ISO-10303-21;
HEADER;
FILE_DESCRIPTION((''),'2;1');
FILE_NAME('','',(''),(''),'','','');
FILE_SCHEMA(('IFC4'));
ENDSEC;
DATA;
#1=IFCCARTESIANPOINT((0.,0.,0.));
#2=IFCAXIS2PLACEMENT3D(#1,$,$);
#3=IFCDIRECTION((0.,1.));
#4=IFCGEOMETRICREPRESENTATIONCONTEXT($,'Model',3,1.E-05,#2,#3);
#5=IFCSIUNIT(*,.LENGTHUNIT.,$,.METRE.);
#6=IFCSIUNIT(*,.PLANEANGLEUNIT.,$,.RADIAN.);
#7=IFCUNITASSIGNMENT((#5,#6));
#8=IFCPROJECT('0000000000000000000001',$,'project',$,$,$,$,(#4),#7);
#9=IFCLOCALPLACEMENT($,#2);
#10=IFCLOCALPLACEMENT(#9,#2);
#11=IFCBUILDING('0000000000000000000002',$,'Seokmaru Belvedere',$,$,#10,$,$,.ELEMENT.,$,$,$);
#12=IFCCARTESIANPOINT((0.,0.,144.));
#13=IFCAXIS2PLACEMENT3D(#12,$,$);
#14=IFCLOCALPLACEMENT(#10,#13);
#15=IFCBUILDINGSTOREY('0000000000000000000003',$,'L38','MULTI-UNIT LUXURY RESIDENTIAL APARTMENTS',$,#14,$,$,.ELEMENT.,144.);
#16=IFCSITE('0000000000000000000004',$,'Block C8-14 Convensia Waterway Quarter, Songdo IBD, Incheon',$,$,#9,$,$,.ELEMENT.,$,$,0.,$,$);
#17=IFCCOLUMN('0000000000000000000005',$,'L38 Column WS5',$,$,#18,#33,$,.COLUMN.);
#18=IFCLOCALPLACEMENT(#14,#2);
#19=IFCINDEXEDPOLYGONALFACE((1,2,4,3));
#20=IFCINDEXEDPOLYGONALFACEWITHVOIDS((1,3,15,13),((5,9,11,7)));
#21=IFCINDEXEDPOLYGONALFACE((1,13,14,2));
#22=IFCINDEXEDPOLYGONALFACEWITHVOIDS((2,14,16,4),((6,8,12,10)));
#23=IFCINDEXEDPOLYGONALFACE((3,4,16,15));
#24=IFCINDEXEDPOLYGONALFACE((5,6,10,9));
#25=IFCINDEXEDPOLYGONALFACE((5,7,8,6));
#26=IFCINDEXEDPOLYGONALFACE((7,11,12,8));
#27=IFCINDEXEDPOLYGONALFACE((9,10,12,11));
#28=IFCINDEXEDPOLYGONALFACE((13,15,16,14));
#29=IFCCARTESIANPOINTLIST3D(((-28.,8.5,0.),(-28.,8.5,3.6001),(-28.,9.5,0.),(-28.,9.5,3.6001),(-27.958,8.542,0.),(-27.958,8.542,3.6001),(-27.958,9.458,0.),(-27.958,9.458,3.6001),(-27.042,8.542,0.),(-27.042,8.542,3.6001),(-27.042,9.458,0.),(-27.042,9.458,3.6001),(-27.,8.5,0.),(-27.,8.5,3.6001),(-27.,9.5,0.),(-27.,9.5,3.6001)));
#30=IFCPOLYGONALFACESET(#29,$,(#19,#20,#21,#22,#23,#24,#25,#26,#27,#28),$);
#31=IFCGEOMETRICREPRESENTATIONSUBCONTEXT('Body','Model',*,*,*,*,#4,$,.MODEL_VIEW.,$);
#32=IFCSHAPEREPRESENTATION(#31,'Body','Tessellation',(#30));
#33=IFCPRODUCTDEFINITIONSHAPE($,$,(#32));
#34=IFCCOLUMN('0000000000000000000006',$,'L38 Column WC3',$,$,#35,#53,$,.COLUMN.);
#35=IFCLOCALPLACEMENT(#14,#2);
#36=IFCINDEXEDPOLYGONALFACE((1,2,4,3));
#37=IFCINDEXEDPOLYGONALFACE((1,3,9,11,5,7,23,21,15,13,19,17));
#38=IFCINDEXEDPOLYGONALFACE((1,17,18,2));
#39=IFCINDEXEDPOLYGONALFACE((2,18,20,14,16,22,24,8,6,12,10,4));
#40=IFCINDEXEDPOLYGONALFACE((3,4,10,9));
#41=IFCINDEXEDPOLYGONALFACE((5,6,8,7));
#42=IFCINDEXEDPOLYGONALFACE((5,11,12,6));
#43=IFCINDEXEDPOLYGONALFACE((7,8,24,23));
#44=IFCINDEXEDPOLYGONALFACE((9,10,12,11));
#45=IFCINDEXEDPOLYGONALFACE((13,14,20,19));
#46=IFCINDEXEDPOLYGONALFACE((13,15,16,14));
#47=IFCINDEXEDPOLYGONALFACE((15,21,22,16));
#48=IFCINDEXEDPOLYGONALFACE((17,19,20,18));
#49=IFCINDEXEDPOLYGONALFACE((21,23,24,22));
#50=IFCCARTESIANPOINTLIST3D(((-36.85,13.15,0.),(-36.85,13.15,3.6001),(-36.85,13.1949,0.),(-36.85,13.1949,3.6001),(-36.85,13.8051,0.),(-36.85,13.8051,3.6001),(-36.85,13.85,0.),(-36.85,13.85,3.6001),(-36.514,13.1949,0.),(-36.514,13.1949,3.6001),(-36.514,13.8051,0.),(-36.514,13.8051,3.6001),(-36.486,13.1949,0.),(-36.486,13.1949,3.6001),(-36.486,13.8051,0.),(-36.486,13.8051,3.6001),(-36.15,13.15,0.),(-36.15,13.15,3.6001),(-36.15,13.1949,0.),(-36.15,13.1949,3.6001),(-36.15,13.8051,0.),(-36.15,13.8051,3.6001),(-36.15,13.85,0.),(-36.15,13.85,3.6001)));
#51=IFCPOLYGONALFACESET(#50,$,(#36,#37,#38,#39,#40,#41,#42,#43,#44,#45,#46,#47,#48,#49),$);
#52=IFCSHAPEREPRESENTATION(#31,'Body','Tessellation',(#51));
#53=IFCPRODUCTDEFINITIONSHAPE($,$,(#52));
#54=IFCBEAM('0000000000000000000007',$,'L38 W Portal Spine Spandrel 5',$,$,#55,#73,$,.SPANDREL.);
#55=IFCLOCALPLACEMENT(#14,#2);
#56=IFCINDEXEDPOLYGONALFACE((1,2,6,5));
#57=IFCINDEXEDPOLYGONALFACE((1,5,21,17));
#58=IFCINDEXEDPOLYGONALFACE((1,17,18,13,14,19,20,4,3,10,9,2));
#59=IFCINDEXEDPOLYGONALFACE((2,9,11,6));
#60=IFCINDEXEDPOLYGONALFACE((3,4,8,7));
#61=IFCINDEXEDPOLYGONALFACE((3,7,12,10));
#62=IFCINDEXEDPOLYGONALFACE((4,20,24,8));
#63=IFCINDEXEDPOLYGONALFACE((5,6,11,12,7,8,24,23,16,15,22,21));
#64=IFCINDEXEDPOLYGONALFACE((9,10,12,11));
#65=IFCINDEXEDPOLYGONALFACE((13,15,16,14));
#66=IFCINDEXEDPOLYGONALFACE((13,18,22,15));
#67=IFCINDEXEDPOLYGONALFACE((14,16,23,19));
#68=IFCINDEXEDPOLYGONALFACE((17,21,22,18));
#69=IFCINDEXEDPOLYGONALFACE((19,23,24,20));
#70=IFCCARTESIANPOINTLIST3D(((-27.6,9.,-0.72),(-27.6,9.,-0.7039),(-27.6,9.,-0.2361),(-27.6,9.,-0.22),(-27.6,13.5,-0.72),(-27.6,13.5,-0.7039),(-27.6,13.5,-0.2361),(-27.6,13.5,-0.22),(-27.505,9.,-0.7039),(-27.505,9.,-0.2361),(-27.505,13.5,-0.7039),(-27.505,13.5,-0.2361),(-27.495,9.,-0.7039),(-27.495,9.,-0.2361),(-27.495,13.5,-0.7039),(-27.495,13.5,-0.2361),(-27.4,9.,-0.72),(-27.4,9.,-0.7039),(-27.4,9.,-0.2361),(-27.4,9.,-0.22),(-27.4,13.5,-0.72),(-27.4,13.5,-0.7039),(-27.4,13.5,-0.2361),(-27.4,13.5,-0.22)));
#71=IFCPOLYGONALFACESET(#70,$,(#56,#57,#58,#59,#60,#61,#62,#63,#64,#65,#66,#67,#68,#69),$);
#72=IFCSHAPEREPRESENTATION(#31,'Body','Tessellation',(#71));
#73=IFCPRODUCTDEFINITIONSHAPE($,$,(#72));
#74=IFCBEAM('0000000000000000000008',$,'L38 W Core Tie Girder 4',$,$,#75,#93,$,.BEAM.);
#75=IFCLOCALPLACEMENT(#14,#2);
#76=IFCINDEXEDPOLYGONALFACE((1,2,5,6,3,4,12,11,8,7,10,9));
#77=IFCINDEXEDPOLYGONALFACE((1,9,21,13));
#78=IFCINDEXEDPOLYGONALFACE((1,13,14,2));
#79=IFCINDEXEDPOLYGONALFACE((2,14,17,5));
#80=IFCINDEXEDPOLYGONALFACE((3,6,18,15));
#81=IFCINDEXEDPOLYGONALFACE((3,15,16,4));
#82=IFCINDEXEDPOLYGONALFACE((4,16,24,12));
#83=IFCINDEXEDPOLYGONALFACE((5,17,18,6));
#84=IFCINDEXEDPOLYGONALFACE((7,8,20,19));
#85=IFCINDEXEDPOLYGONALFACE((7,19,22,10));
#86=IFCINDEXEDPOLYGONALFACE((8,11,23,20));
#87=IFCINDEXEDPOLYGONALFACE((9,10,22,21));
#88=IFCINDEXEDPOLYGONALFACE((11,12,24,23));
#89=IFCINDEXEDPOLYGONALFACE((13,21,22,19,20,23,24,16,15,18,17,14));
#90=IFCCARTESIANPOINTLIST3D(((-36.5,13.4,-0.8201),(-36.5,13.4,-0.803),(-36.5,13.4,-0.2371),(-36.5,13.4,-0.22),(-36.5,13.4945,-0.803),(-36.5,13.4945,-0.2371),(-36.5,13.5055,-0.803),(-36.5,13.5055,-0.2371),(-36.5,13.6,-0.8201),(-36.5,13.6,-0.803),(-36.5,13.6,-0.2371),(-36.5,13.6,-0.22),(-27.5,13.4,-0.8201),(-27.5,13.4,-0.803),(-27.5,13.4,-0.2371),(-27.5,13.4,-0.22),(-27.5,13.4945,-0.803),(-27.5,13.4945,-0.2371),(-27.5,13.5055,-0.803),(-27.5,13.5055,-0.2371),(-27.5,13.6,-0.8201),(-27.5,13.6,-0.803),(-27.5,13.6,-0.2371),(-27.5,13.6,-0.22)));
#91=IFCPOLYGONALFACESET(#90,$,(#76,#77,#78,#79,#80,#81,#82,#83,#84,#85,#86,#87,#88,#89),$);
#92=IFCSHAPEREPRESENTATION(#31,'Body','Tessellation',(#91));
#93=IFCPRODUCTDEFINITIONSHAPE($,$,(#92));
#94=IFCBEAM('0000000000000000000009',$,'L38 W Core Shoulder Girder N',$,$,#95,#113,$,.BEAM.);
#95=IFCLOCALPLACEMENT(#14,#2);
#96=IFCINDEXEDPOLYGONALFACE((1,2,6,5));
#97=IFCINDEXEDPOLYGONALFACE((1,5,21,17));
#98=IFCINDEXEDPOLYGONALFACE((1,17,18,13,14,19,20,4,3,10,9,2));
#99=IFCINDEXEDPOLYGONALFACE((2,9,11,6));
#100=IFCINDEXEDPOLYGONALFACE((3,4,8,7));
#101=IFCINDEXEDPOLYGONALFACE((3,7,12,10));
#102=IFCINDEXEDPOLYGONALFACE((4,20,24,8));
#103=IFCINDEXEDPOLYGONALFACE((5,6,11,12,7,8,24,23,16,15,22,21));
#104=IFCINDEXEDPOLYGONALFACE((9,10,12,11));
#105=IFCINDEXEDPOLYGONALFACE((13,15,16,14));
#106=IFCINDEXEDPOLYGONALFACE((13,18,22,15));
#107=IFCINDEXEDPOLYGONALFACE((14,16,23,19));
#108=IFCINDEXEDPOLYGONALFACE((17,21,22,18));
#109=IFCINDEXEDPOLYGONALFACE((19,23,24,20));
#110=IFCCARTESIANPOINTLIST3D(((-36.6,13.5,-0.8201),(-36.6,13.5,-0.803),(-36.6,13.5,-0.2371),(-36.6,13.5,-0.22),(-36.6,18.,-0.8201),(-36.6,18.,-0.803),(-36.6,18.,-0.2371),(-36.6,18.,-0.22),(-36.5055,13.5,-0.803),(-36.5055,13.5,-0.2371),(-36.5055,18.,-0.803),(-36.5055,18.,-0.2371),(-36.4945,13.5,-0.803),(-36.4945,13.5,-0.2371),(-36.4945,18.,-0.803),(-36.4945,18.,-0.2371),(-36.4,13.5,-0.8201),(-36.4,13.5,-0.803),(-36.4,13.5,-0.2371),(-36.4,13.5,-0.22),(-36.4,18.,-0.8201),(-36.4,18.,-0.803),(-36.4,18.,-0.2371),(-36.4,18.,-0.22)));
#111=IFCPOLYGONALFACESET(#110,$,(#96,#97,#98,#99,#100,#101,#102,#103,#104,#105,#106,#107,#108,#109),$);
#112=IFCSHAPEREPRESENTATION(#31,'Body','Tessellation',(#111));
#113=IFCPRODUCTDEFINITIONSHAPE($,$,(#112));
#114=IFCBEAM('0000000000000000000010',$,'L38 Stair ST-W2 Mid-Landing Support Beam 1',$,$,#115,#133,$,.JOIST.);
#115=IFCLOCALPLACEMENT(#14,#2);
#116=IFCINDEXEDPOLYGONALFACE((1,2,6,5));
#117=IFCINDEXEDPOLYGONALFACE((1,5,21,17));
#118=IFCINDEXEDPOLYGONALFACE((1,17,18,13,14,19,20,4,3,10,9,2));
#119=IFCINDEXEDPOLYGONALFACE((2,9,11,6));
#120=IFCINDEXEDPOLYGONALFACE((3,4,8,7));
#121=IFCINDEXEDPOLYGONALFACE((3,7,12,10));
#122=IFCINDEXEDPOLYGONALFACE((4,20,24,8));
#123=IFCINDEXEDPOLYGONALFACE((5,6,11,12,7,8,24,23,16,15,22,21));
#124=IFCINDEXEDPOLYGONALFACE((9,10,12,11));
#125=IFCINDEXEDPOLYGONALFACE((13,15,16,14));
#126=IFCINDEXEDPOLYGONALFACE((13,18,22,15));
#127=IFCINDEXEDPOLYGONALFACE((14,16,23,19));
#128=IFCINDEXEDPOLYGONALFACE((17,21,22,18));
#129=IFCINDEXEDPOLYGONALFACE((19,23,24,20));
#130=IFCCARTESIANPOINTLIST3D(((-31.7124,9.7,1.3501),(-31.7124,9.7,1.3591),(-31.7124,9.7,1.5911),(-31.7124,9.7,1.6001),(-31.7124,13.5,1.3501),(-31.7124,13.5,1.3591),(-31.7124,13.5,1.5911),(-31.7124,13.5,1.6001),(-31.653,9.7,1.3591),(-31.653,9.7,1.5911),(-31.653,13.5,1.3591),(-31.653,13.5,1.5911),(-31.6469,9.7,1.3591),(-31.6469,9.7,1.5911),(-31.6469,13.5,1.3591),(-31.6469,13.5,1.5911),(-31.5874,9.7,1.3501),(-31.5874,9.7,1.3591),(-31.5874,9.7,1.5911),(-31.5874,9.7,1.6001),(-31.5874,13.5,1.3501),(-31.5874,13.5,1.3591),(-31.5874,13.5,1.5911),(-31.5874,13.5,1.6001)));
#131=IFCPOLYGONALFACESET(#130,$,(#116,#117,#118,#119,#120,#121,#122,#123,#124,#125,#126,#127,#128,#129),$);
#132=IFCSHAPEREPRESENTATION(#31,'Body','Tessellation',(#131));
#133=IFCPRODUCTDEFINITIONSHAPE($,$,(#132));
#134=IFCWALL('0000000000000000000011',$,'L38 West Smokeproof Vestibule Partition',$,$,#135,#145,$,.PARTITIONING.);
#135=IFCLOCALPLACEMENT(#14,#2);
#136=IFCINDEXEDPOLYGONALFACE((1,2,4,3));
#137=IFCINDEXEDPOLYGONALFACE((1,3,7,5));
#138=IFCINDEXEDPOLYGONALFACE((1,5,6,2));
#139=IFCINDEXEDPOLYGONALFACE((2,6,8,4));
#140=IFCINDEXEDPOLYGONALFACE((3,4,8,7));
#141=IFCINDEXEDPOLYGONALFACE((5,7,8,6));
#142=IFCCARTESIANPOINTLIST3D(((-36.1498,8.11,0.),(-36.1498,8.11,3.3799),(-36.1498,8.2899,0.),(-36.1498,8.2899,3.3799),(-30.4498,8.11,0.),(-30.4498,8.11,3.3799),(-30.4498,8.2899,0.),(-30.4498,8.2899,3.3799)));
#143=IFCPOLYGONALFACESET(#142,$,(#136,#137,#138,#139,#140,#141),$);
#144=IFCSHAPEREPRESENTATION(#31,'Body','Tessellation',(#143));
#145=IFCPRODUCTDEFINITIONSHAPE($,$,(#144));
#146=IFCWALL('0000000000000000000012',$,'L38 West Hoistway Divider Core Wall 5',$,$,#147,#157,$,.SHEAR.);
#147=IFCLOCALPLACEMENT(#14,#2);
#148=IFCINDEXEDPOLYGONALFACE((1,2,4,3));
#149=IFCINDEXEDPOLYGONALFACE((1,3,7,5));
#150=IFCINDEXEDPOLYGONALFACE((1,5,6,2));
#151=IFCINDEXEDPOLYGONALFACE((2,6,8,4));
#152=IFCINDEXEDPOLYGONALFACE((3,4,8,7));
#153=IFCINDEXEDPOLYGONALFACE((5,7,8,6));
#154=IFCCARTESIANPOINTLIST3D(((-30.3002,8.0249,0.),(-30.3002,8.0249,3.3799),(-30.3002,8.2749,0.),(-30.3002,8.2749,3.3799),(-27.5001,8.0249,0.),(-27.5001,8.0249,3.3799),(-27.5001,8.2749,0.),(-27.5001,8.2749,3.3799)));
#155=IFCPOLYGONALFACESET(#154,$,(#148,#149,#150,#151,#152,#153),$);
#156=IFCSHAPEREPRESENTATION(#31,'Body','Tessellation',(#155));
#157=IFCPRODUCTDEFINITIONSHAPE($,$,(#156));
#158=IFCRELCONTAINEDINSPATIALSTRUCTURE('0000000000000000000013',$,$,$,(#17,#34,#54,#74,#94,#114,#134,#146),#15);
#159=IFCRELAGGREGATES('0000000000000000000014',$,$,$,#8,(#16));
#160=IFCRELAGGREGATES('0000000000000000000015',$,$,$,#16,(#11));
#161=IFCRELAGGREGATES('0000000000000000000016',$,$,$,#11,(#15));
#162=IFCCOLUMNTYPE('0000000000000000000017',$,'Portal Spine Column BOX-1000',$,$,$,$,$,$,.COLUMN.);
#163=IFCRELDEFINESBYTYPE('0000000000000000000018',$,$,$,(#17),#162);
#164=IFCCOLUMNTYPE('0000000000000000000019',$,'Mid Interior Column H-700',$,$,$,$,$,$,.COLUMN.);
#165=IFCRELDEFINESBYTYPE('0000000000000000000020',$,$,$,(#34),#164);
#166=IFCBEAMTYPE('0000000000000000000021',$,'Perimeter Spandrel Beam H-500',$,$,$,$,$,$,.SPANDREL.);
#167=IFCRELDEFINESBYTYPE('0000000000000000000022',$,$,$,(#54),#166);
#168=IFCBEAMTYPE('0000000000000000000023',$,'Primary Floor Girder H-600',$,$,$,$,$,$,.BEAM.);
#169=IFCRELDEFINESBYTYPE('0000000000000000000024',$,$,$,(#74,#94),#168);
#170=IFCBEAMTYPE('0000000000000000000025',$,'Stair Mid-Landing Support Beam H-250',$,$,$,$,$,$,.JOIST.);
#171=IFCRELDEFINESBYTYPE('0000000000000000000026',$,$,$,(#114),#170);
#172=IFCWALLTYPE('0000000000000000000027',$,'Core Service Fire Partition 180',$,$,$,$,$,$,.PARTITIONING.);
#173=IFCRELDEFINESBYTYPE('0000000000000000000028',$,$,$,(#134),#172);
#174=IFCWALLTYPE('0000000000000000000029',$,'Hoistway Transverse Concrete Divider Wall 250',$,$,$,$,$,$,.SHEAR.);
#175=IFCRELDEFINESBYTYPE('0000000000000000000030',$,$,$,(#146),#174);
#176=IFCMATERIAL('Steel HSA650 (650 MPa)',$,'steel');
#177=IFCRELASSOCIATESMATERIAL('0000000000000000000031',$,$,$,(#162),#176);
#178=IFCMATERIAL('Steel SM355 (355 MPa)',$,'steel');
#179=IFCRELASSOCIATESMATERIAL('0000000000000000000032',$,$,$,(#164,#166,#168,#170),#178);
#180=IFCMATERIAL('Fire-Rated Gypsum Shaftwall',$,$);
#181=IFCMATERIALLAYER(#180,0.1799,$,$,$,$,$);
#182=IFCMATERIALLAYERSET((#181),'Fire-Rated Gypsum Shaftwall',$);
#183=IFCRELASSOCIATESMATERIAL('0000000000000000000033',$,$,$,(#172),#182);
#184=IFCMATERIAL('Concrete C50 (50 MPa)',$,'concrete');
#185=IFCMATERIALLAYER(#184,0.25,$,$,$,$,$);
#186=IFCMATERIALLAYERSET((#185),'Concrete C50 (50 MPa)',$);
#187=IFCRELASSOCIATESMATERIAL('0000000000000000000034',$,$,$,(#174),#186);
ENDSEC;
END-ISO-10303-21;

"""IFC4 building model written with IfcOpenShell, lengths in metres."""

from ifc_helpers import new_model, si_unit, direction, frame, frame_2d, origin, origin_2d, place, context, subcontext, project, spatial, rectangle, hollow_rectangle, i_section, extrude, source, transform, mapped, material, layer, layer_set, material_profile, profile_set, type_object, type_shapes, element, save


model = new_model("IFC4")

# Units and contexts
model_context = context("Model", 3, precision=1e-05, world=origin(), true_north=direction((0.0, 1.0)))
body_context = subcontext(model_context, "Body", "Model", "MODEL_VIEW")
ifc_project = project(units=[si_unit("LENGTHUNIT", "METRE"), si_unit("PLANEANGLEUNIT", "RADIAN")], contexts=[model_context])

# Site, building, storey
site_placement = place(None, origin())
site = spatial("IfcSite", under=ifc_project, at=site_placement, Name="Block C8-14 Convensia Waterway Quarter, Songdo IBD, Incheon", CompositionType="ELEMENT", RefElevation=0.0)
building_placement = place(site_placement, origin())
building = spatial("IfcBuilding", under=site, at=building_placement, Name="Seokmaru Belvedere", CompositionType="ELEMENT")
storey_placement = place(building_placement, frame((0.0, 0.0, 144.0)))
storey = spatial("IfcBuildingStorey", under=building, at=storey_placement, Name="L38", Description="MULTI-UNIT LUXURY RESIDENTIAL APARTMENTS", CompositionType="ELEMENT", Elevation=144.0)

# Columns
ifc_material_1 = material(Name="Steel HSA650 (650 MPa)", Category="steel")
ifc_material_profile_1 = material_profile(ifc_material_1, hollow_rectangle(XDim=1.0, YDim=1.0, WallThickness=0.042, at=origin_2d()), Name="BOX-1000x1000x42")
ifc_profile_set_1 = profile_set([ifc_material_profile_1], Name="Steel HSA650 (650 MPa)")
column_type_1 = type_object("IfcColumnType", Name="Portal Spine Column BOX-1000", PredefinedType="COLUMN", material=ifc_profile_set_1)
shared_shape_1 = source(origin(), body_context, "Body", "SweptSolid", [
    extrude(hollow_rectangle(XDim=1.0, YDim=1.0, WallThickness=0.042, at=origin_2d()), origin(), (0.0, 0.0, 1.0), 3.6001),
])
type_shapes(column_type_1, [shared_shape_1])
column_1_placement = place(storey_placement, frame((-27.5, 9.0, 0.0), z_axis=(0.0, 0.0, 1.0), x_axis=(1.0, 0.0, 0.0)))
element("IfcColumn", 1, at=column_1_placement, inside=storey, type_object=column_type_1, Name="L38 Column WS5", PredefinedType="COLUMN", context=body_context, shape_type="MappedRepresentation", body=[
    mapped(shared_shape_1, transform((0.0, 0.0, 0.0), scale=1.0)),
])
ifc_material_2 = material(Name="Steel SM355 (355 MPa)", Category="steel")
ifc_material_profile_2 = material_profile(ifc_material_2, i_section(OverallWidth=0.7, OverallDepth=0.7, WebThickness=0.0281, FlangeThickness=0.0449, at=origin_2d()), Name="H-700x700x28x45")
ifc_profile_set_2 = profile_set([ifc_material_profile_2], Name="Steel SM355 (355 MPa)")
column_type_2 = type_object("IfcColumnType", Name="Mid Interior Column H-700", PredefinedType="COLUMN", material=ifc_profile_set_2)
shared_shape_2 = source(origin(), body_context, "Body", "SweptSolid", [
    extrude(i_section(OverallWidth=0.7, OverallDepth=0.7, WebThickness=0.0281, FlangeThickness=0.0449, at=origin_2d()), origin(), (0.0, 0.0, 1.0), 3.6001),
])
type_shapes(column_type_2, [shared_shape_2])
column_2_placement = place(storey_placement, frame((-36.5, 13.5, 0.0), z_axis=(0.0, 0.0, 1.0), x_axis=(1.0, 0.0, 0.0)))
element("IfcColumn", 2, at=column_2_placement, inside=storey, type_object=column_type_2, Name="L38 Column WC3", PredefinedType="COLUMN", context=body_context, shape_type="MappedRepresentation", body=[
    mapped(shared_shape_2, transform((0.0, 0.0, 0.0), scale=1.0)),
])

# Beams
ifc_material_profile_3 = material_profile(ifc_material_2, i_section(OverallWidth=0.2, OverallDepth=0.5, WebThickness=0.01, FlangeThickness=0.0161, at=origin_2d()), Name="H-500x200x10x16")
ifc_profile_set_3 = profile_set([ifc_material_profile_3], Name="Steel SM355 (355 MPa)")
beam_type_1 = type_object("IfcBeamType", Name="Perimeter Spandrel Beam H-500", PredefinedType="SPANDREL", material=ifc_profile_set_3)
shared_shape_3 = source(origin(), body_context, "Body", "SweptSolid", [
    extrude(i_section(OverallWidth=0.2, OverallDepth=0.5, WebThickness=0.01, FlangeThickness=0.0161, at=origin_2d()), origin(), (0.0, 0.0, 1.0), 4.5),
])
type_shapes(beam_type_1, [shared_shape_3])
beam_1_placement = place(storey_placement, frame((-27.5, 9.0, -0.47), z_axis=(0.0, 1.0, 0.0), x_axis=(-1.0, 0.0, 0.0)))
element("IfcBeam", 3, at=beam_1_placement, inside=storey, type_object=beam_type_1, Name="L38 W Portal Spine Spandrel 5", PredefinedType="SPANDREL", context=body_context, shape_type="MappedRepresentation", body=[
    mapped(shared_shape_3, transform((0.0, 0.0, 0.0), scale=1.0)),
])
ifc_material_profile_4 = material_profile(ifc_material_2, i_section(OverallWidth=0.2, OverallDepth=0.6001, WebThickness=0.011, FlangeThickness=0.0171, at=origin_2d()), Name="H-600x200x11x17")
ifc_profile_set_4 = profile_set([ifc_material_profile_4], Name="Steel SM355 (355 MPa)")
beam_type_2 = type_object("IfcBeamType", Name="Primary Floor Girder H-600", PredefinedType="BEAM", material=ifc_profile_set_4)
shared_shape_4 = source(origin(), body_context, "Body", "SweptSolid", [
    extrude(i_section(OverallWidth=0.2, OverallDepth=0.6001, WebThickness=0.011, FlangeThickness=0.0171, at=origin_2d()), origin(), (0.0, 0.0, 1.0), 9.0),
])
beam_2_placement = place(storey_placement, frame((-36.5, 13.5, -0.52), z_axis=(1.0, 0.0, 0.0), x_axis=(0.0, 1.0, 0.0)))
element("IfcBeam", 4, at=beam_2_placement, inside=storey, type_object=beam_type_2, Name="L38 W Core Tie Girder 4", PredefinedType="BEAM", context=body_context, shape_type="MappedRepresentation", body=[
    mapped(shared_shape_4, transform((0.0, 0.0, 0.0), scale=1.0)),
])
shared_shape_5 = source(origin(), body_context, "Body", "SweptSolid", [
    extrude(i_section(OverallWidth=0.2, OverallDepth=0.6001, WebThickness=0.011, FlangeThickness=0.0171, at=origin_2d()), origin(), (0.0, 0.0, 1.0), 4.5),
])
type_shapes(beam_type_2, [shared_shape_4, shared_shape_5])
beam_3_placement = place(storey_placement, frame((-36.5, 13.5, -0.52), z_axis=(0.0, 1.0, 0.0), x_axis=(-1.0, 0.0, 0.0)))
element("IfcBeam", 5, at=beam_3_placement, inside=storey, type_object=beam_type_2, Name="L38 W Core Shoulder Girder N", PredefinedType="BEAM", context=body_context, shape_type="MappedRepresentation", body=[
    mapped(shared_shape_5, transform((0.0, 0.0, 0.0), scale=1.0)),
])
ifc_material_profile_5 = material_profile(ifc_material_2, i_section(OverallWidth=0.125, OverallDepth=0.25, WebThickness=0.0061, FlangeThickness=0.009, at=origin_2d()), Name="H-250x125x6x9")
ifc_profile_set_5 = profile_set([ifc_material_profile_5], Name="Steel SM355 (355 MPa)")
beam_type_3 = type_object("IfcBeamType", Name="Stair Mid-Landing Support Beam H-250", PredefinedType="JOIST", material=ifc_profile_set_5)
shared_shape_6 = source(origin(), body_context, "Body", "SweptSolid", [
    extrude(i_section(OverallWidth=0.125, OverallDepth=0.25, WebThickness=0.0061, FlangeThickness=0.009, at=origin_2d()), origin(), (0.0, 0.0, 1.0), 3.8),
])
type_shapes(beam_type_3, [shared_shape_6])
beam_4_placement = place(storey_placement, frame((-31.6499, 9.7, 1.4751), z_axis=(0.0, 1.0, 0.0), x_axis=(-1.0, 0.0, 0.0)))
element("IfcBeam", 6, at=beam_4_placement, inside=storey, type_object=beam_type_3, Name="L38 Stair ST-W2 Mid-Landing Support Beam 1", PredefinedType="JOIST", context=body_context, shape_type="MappedRepresentation", body=[
    mapped(shared_shape_6, transform((0.0, 0.0, 0.0), scale=1.0)),
])

# Walls
ifc_material_3 = material(Name="Fire-Rated Gypsum Shaftwall")
ifc_layer_1 = layer(ifc_material_3, 0.1799)
ifc_layer_set_1 = layer_set([ifc_layer_1], Name="Fire-Rated Gypsum Shaftwall")
wall_type_1 = type_object("IfcWallType", Name="Core Service Fire Partition 180", PredefinedType="PARTITIONING", material=ifc_layer_set_1)
wall_1_placement = place(storey_placement, frame((-36.1499, 8.2, 0.0), z_axis=(0.0, 0.0, 1.0), x_axis=(1.0, 0.0, 0.0)))
element("IfcWall", 7, at=wall_1_placement, inside=storey, type_object=wall_type_1, Name="L38 West Smokeproof Vestibule Partition", PredefinedType="PARTITIONING", context=body_context, shape_type="SweptSolid", body=[
    extrude(rectangle(XDim=5.7, YDim=0.1799, at=frame_2d((2.8501, 0.0))), origin(), (0.0, 0.0, 1.0), 3.3799),
])
ifc_material_4 = material(Name="Concrete C50 (50 MPa)", Category="concrete")
ifc_layer_2 = layer(ifc_material_4, 0.25)
ifc_layer_set_2 = layer_set([ifc_layer_2], Name="Concrete C50 (50 MPa)")
wall_type_2 = type_object("IfcWallType", Name="Hoistway Transverse Concrete Divider Wall 250", PredefinedType="SHEAR", material=ifc_layer_set_2)
wall_2_placement = place(storey_placement, frame((-30.3, 8.1499, 0.0), z_axis=(0.0, 0.0, 1.0), x_axis=(1.0, 0.0, 0.0)))
element("IfcWall", 8, at=wall_2_placement, inside=storey, type_object=wall_type_2, Name="L38 West Hoistway Divider Core Wall 5", PredefinedType="SHEAR", context=body_context, shape_type="SweptSolid", body=[
    extrude(rectangle(XDim=2.8, YDim=0.25, at=frame_2d((1.3999, 0.0))), origin(), (0.0, 0.0, 1.0), 3.3799),
])

save(model, "model.ifc")
